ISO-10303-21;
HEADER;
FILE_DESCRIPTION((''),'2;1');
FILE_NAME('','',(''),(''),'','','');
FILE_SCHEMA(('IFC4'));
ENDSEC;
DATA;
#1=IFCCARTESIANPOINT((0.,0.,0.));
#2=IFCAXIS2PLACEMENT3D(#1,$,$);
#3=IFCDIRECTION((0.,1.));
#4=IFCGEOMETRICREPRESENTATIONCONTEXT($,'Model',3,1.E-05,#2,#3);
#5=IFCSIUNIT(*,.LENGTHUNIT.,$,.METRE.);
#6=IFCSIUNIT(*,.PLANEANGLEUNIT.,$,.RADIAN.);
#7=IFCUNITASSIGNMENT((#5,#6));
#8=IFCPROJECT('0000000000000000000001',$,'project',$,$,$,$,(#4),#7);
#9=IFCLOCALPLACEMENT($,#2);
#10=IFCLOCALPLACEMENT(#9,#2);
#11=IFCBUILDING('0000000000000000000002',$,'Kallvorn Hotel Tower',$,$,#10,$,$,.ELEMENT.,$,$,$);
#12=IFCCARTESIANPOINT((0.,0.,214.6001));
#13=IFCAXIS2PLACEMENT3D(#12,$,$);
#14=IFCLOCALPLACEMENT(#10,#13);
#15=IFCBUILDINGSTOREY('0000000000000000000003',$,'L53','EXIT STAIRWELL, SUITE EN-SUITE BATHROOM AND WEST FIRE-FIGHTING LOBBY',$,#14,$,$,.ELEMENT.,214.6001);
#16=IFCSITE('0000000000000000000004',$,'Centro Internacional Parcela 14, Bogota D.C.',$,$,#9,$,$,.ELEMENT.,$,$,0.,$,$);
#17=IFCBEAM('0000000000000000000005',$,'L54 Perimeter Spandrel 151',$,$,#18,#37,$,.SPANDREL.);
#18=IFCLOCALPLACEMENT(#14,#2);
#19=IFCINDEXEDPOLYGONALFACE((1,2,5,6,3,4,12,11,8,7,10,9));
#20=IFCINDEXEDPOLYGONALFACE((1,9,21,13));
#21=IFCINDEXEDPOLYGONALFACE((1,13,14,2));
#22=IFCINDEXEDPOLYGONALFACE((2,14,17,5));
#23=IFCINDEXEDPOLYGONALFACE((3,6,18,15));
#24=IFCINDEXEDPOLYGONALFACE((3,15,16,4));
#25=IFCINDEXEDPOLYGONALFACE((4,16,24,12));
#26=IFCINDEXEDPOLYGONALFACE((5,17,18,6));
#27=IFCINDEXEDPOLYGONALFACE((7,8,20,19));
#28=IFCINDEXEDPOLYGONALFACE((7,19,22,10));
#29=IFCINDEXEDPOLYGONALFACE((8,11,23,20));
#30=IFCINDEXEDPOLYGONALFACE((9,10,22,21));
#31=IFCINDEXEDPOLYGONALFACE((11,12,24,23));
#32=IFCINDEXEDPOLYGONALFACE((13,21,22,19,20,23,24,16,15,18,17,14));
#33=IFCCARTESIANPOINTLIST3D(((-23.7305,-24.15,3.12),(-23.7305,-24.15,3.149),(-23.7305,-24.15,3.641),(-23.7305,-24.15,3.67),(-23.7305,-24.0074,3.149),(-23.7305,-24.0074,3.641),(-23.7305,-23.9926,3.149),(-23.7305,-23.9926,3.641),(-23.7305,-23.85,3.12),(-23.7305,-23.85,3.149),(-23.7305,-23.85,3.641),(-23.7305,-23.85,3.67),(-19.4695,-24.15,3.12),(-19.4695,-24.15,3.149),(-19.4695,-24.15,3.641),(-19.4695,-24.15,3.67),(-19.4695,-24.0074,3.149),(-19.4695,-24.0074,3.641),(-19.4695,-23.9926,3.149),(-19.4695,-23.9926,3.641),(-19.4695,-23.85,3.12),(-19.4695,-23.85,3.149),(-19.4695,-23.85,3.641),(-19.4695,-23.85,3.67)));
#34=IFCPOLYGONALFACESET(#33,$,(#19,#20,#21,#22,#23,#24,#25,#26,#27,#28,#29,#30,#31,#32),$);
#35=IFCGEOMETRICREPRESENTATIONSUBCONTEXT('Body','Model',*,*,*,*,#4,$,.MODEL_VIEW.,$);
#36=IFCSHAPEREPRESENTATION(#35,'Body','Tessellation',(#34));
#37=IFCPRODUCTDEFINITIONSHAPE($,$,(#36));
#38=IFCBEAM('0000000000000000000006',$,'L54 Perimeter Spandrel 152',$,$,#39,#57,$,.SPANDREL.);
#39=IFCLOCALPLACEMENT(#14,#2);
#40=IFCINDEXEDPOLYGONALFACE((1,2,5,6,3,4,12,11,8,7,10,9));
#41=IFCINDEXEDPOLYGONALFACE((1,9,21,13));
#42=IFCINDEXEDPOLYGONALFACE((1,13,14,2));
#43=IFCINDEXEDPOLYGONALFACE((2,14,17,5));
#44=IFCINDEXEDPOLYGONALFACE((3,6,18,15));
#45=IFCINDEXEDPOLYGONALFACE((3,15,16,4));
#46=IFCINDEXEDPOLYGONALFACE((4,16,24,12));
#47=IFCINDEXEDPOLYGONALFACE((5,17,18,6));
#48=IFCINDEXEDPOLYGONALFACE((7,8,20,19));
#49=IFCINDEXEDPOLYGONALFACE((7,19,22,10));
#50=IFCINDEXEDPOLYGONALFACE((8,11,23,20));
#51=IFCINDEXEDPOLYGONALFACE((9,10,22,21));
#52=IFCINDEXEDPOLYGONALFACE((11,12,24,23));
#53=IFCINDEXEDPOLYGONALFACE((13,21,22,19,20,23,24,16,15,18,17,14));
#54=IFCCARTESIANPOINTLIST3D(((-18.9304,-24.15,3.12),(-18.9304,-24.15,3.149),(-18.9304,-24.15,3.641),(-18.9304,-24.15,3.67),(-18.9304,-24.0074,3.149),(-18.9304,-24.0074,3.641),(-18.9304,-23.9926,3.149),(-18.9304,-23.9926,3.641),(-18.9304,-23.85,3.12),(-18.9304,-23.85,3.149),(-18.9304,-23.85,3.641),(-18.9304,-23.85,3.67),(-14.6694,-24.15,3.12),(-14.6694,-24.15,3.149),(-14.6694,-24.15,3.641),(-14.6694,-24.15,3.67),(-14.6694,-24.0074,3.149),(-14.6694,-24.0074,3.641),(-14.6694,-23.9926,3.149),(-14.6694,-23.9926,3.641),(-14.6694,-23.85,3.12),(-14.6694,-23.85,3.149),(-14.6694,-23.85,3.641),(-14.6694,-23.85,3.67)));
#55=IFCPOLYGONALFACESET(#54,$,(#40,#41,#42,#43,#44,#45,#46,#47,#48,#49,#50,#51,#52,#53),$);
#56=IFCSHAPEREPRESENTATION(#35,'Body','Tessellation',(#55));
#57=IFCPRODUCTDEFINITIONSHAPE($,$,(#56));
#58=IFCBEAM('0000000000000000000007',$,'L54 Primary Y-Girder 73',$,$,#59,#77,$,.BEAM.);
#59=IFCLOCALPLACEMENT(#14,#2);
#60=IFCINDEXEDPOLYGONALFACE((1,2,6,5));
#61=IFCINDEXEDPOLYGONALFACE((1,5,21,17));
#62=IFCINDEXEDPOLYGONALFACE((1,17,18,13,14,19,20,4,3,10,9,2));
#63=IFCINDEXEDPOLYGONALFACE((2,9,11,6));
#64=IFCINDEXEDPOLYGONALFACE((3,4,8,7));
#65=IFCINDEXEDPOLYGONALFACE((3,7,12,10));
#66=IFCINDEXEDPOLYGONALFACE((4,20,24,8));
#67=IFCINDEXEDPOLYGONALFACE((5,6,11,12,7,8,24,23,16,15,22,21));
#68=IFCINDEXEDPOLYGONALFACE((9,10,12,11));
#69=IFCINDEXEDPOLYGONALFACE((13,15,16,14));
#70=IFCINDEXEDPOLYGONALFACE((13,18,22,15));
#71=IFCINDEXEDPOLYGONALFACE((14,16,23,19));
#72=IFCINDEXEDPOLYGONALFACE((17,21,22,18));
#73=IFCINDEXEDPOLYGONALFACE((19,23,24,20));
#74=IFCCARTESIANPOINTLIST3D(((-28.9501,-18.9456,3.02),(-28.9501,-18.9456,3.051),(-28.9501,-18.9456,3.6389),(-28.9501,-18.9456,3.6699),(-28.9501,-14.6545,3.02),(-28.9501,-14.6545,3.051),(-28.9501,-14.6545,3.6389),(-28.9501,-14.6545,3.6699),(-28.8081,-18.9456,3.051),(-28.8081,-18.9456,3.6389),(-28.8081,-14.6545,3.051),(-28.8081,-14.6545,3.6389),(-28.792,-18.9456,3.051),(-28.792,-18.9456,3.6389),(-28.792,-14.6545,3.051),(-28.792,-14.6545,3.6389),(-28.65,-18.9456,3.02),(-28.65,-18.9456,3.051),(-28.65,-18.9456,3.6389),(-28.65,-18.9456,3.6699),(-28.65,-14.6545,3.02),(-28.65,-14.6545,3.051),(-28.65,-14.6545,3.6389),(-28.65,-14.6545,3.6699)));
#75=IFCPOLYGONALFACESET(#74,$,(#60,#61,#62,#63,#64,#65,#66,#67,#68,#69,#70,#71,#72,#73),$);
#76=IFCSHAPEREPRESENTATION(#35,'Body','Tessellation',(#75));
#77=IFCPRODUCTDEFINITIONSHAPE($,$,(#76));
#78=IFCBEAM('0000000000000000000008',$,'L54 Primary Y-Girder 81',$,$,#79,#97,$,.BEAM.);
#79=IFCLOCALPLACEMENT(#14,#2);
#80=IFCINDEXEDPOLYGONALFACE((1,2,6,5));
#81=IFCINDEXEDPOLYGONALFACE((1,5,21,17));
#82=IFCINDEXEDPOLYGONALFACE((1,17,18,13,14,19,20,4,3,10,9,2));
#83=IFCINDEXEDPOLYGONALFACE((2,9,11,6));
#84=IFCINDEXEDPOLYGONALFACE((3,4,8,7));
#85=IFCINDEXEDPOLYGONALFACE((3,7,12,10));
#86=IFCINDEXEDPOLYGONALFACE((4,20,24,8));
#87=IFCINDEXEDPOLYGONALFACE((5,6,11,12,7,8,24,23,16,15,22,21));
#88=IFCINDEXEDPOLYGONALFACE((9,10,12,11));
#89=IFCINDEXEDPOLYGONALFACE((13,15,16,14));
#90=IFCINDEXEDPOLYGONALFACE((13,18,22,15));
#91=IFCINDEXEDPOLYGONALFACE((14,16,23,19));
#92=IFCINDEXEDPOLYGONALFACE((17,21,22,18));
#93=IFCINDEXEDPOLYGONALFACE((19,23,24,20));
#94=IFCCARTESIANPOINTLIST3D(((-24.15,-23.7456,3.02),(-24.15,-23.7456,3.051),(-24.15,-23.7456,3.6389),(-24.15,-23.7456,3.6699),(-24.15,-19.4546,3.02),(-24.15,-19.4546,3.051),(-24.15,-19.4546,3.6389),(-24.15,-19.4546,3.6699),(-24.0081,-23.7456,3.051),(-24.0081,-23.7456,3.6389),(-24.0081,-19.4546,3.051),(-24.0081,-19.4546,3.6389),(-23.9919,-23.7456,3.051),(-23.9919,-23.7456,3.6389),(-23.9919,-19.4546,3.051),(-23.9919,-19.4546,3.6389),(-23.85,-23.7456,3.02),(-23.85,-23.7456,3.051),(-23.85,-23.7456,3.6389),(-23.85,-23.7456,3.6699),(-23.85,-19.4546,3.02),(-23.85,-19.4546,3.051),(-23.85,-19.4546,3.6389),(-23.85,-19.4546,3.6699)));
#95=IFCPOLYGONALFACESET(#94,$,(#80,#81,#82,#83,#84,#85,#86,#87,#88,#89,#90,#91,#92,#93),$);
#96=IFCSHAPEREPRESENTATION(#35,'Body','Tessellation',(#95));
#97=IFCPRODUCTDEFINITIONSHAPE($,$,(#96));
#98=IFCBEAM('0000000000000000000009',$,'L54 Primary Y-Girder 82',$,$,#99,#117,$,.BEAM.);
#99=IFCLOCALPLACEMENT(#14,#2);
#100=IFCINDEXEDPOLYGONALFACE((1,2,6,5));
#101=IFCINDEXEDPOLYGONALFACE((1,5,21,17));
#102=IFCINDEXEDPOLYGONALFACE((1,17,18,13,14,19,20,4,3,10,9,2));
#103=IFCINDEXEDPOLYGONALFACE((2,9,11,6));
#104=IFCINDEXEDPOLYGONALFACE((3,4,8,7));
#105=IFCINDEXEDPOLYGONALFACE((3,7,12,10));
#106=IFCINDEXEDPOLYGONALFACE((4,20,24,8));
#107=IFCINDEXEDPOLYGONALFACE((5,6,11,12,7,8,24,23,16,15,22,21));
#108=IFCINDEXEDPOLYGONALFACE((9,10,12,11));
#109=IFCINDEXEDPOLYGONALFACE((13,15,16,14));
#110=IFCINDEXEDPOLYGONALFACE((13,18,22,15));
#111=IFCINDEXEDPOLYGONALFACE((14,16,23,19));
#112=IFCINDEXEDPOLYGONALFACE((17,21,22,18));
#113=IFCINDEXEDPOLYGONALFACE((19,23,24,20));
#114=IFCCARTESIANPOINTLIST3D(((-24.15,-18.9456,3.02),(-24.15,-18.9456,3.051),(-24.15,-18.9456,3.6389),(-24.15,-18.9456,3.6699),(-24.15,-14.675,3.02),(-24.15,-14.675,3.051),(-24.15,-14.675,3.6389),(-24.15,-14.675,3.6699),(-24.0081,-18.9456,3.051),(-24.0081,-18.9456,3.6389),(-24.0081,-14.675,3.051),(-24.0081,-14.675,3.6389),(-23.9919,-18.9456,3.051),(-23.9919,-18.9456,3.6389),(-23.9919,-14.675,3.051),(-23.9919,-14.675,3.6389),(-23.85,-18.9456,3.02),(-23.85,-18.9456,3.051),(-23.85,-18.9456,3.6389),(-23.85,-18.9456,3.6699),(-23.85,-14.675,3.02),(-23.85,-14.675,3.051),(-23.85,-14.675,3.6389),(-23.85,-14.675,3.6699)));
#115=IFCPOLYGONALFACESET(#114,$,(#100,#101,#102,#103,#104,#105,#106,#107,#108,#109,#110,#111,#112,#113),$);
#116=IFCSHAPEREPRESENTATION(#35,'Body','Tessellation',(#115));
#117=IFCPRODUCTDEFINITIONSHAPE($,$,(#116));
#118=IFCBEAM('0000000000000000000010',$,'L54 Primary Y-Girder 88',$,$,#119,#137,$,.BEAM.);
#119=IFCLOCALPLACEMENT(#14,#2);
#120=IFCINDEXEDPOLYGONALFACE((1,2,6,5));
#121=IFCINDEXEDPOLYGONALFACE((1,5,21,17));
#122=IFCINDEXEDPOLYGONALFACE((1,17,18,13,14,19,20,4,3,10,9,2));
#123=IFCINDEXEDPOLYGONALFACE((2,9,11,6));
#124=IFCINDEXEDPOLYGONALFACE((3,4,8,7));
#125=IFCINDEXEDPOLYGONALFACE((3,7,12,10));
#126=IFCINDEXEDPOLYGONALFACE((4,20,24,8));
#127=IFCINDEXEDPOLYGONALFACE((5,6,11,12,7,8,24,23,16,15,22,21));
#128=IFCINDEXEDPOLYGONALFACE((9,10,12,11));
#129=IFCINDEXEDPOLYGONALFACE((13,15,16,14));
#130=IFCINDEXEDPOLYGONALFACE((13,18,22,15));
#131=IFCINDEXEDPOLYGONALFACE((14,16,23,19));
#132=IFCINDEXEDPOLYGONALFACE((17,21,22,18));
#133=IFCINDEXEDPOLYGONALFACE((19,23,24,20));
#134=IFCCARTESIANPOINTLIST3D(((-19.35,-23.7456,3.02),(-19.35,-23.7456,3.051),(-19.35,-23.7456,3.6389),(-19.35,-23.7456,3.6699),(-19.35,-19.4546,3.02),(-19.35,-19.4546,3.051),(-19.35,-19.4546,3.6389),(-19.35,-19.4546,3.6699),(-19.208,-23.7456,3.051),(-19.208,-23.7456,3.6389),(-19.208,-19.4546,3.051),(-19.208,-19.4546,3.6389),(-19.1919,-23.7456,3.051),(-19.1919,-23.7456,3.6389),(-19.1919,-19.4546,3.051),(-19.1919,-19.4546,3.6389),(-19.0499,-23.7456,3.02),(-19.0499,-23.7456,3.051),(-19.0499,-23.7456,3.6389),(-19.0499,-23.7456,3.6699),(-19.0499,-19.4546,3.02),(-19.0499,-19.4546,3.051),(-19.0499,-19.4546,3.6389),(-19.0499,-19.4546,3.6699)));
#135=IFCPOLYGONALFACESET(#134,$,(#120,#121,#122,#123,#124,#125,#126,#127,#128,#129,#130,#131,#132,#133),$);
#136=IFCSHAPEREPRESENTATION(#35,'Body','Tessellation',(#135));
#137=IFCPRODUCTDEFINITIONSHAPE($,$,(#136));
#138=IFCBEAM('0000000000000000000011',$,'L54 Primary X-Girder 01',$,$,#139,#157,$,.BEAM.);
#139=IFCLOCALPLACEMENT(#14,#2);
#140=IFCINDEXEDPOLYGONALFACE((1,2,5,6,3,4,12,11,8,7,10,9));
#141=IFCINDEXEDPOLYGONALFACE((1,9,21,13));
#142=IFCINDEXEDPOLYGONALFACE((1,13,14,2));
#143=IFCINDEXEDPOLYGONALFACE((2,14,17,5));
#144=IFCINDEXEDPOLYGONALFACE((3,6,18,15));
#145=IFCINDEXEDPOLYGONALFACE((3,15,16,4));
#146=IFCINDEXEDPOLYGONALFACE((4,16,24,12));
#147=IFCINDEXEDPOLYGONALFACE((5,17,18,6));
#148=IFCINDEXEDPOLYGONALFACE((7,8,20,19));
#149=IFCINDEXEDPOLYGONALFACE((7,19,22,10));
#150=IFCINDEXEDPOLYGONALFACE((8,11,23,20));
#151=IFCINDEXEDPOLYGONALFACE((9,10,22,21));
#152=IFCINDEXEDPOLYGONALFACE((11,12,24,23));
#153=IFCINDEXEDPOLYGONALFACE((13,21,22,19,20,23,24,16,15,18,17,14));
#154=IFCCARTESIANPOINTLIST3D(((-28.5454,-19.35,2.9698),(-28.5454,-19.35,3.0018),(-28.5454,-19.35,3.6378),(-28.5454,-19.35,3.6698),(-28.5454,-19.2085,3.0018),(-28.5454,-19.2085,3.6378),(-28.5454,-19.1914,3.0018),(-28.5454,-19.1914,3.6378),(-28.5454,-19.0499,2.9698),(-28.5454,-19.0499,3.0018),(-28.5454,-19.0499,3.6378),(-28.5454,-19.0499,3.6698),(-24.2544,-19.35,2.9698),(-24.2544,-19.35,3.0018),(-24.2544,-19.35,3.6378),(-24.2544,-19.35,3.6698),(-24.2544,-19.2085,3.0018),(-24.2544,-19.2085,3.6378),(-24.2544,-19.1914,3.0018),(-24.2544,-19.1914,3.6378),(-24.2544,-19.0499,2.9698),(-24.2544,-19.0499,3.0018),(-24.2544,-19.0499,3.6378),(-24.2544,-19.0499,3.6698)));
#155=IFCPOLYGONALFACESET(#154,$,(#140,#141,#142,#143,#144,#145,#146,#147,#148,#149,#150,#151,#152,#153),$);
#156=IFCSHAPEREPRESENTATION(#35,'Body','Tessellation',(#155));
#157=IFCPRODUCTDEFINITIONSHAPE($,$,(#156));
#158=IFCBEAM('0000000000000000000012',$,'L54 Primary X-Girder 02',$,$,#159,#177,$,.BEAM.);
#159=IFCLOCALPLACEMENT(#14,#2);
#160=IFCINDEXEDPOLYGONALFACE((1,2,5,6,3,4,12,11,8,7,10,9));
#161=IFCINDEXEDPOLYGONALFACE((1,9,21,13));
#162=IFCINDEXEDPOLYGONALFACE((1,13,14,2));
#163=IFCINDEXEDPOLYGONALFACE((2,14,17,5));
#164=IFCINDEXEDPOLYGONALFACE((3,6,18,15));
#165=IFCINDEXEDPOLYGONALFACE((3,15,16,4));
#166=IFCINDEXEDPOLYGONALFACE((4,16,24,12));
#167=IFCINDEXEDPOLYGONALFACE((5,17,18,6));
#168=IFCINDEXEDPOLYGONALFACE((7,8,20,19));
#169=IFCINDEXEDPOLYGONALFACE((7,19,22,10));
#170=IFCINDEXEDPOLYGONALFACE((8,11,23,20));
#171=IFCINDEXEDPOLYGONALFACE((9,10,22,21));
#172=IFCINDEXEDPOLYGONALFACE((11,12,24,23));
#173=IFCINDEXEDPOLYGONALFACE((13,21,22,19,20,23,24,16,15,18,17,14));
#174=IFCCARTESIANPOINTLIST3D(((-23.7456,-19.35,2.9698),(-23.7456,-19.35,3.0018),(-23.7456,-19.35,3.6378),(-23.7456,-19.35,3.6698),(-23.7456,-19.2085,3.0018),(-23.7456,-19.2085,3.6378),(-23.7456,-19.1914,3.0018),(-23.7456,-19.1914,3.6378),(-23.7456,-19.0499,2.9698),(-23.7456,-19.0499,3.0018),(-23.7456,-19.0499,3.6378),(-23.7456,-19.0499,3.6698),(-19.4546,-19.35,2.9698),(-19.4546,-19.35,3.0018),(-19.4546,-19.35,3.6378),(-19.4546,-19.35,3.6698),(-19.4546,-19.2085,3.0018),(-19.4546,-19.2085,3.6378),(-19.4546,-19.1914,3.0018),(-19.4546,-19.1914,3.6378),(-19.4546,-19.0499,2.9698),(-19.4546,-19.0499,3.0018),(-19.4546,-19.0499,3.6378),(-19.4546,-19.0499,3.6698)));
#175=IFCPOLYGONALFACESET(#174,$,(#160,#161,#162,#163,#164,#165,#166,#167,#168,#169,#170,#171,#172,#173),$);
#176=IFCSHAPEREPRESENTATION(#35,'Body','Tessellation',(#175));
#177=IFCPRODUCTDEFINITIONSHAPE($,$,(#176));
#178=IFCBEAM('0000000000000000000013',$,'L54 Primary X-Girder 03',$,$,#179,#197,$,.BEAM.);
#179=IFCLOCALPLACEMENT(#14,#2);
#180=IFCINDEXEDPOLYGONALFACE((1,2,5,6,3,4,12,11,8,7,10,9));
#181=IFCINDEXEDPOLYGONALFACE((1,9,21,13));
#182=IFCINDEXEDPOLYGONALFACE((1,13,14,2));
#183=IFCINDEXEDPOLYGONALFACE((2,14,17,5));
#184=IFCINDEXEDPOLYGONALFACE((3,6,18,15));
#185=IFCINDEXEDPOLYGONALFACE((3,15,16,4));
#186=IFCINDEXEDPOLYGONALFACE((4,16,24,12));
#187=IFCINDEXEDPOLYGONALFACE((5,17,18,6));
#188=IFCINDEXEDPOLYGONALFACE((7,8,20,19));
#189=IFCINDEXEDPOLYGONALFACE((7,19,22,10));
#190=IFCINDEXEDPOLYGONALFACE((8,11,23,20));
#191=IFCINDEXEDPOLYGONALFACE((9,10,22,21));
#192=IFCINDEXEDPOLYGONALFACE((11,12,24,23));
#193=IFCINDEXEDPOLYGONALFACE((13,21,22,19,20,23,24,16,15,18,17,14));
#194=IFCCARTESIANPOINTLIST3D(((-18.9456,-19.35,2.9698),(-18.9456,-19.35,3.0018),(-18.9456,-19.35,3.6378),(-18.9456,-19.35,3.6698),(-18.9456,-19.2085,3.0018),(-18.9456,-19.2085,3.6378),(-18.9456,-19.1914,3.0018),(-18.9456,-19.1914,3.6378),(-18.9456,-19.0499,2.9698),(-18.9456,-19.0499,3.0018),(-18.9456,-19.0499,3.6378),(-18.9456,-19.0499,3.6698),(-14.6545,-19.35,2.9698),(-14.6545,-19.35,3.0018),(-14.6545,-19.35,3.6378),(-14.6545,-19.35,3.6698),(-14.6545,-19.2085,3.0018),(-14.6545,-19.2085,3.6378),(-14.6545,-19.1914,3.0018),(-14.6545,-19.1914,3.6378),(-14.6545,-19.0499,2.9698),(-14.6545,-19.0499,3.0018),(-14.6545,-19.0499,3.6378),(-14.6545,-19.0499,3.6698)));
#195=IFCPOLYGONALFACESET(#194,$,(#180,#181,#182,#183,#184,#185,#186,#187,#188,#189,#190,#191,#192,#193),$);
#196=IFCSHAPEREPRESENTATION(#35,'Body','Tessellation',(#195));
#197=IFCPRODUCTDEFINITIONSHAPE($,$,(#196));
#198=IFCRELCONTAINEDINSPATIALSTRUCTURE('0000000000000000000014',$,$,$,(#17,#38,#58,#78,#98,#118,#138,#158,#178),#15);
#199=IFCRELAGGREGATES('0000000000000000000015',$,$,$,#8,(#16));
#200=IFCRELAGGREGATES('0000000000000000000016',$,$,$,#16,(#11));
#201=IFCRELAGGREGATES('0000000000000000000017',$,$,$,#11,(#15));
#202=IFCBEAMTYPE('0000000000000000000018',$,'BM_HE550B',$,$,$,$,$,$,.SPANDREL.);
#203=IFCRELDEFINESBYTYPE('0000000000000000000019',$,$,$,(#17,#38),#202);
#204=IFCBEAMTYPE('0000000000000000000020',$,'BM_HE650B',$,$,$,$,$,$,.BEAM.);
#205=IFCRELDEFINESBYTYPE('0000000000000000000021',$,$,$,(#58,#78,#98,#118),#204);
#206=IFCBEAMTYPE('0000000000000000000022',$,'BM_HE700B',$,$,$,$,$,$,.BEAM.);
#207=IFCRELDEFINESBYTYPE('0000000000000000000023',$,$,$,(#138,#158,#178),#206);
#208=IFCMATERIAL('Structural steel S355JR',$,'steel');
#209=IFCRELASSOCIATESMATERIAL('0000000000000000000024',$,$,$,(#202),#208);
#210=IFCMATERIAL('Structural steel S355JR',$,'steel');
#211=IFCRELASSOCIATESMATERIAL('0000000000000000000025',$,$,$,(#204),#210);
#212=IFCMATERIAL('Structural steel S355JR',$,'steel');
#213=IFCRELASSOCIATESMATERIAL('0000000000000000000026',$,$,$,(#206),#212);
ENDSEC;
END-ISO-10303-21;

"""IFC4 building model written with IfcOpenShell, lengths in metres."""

from ifc_helpers import new_model, si_unit, direction, frame, origin, origin_2d, place, context, subcontext, project, spatial, i_section, extrude, material, material_profile, profile_set, type_object, element, save


model = new_model("IFC4")

# Units and contexts
model_context = context("Model", 3, precision=1e-05, world=origin(), true_north=direction((0.0, 1.0)))
body_context = subcontext(model_context, "Body", "Model", "MODEL_VIEW")
ifc_project = project(units=[si_unit("LENGTHUNIT", "METRE"), si_unit("PLANEANGLEUNIT", "RADIAN")], contexts=[model_context])

# Site, building, storey
site_placement = place(None, origin())
site = spatial("IfcSite", under=ifc_project, at=site_placement, Name="Centro Internacional Parcela 14, Bogota D.C.", CompositionType="ELEMENT", RefElevation=0.0)
building_placement = place(site_placement, origin())
building = spatial("IfcBuilding", under=site, at=building_placement, Name="Kallvorn Hotel Tower", CompositionType="ELEMENT")
storey_placement = place(building_placement, frame((0.0, 0.0, 214.6001)))
storey = spatial("IfcBuildingStorey", under=building, at=storey_placement, Name="L53", Description="EXIT STAIRWELL, SUITE EN-SUITE BATHROOM AND WEST FIRE-FIGHTING LOBBY", CompositionType="ELEMENT", Elevation=214.6001)

# Beams
ifc_material_1 = material(Name="Structural steel S355JR", Category="steel")
ifc_material_profile_1 = material_profile(ifc_material_1, i_section(OverallWidth=0.3, OverallDepth=0.55, WebThickness=0.0149, FlangeThickness=0.0291, at=origin_2d()), Name="HE 550 B")
ifc_profile_set_1 = profile_set([ifc_material_profile_1], Name="Structural steel S355JR")
beam_type_1 = type_object("IfcBeamType", Name="BM_HE550B", PredefinedType="SPANDREL", material=ifc_profile_set_1)
for number, where, z_axis, x_axis, name in (
    (1, (-23.7305, -24.0, 3.395), (1.0, 0.0, 0.0), (0.0, 1.0, 0.0), "L54 Perimeter Spandrel 151"),
    (2, (-18.9304, -24.0, 3.395), (1.0, 0.0, 0.0), (0.0, 1.0, 0.0), "L54 Perimeter Spandrel 152"),
):
    element("IfcBeam", number, at=place(storey_placement, frame(where, z_axis=z_axis, x_axis=x_axis)), inside=storey, type_object=beam_type_1, Name=name, PredefinedType="SPANDREL", context=body_context, shape_type="SweptSolid", body=[
        extrude(i_section(OverallWidth=0.3, OverallDepth=0.55, WebThickness=0.0149, FlangeThickness=0.0291, at=origin_2d()), origin(), (0.0, 0.0, 1.0), 4.261),
    ])
ifc_material_2 = material(Name="Structural steel S355JR", Category="steel")
ifc_material_profile_2 = material_profile(ifc_material_2, i_section(OverallWidth=0.3, OverallDepth=0.6499, WebThickness=0.0161, FlangeThickness=0.031, at=origin_2d()), Name="HE 650 B")
ifc_profile_set_2 = profile_set([ifc_material_profile_2], Name="Structural steel S355JR")
beam_type_2 = type_object("IfcBeamType", Name="BM_HE650B", PredefinedType="BEAM", material=ifc_profile_set_2)
for number, where, z_axis, x_axis, name in (
    (3, (-28.8, -18.9456, 3.345), (0.0, 1.0, 0.0), (-1.0, 0.0, 0.0), "L54 Primary Y-Girder 73"),
    (4, (-24.0, -23.7456, 3.345), (0.0, 1.0, 0.0), (-1.0, 0.0, 0.0), "L54 Primary Y-Girder 81"),
):
    element("IfcBeam", number, at=place(storey_placement, frame(where, z_axis=z_axis, x_axis=x_axis)), inside=storey, type_object=beam_type_2, Name=name, PredefinedType="BEAM", context=body_context, shape_type="SweptSolid", body=[
        extrude(i_section(OverallWidth=0.3, OverallDepth=0.6499, WebThickness=0.0161, FlangeThickness=0.031, at=origin_2d()), origin(), (0.0, 0.0, 1.0), 4.291),
    ])
beam_1_placement = place(storey_placement, frame((-24.0, -18.9456, 3.345), z_axis=(0.0, 1.0, 0.0), x_axis=(-1.0, 0.0, 0.0)))
element("IfcBeam", 5, at=beam_1_placement, inside=storey, type_object=beam_type_2, Name="L54 Primary Y-Girder 82", PredefinedType="BEAM", context=body_context, shape_type="SweptSolid", body=[
    extrude(i_section(OverallWidth=0.3, OverallDepth=0.6499, WebThickness=0.0161, FlangeThickness=0.031, at=origin_2d()), origin(), (0.0, 0.0, 1.0), 4.2705),
])
beam_2_placement = place(storey_placement, frame((-19.2, -23.7456, 3.345), z_axis=(0.0, 1.0, 0.0), x_axis=(-1.0, 0.0, 0.0)))
element("IfcBeam", 6, at=beam_2_placement, inside=storey, type_object=beam_type_2, Name="L54 Primary Y-Girder 88", PredefinedType="BEAM", context=body_context, shape_type="SweptSolid", body=[
    extrude(i_section(OverallWidth=0.3, OverallDepth=0.6499, WebThickness=0.0161, FlangeThickness=0.031, at=origin_2d()), origin(), (0.0, 0.0, 1.0), 4.291),
])
ifc_material_3 = material(Name="Structural steel S355JR", Category="steel")
ifc_material_profile_3 = material_profile(ifc_material_3, i_section(OverallWidth=0.3, OverallDepth=0.7, WebThickness=0.0171, FlangeThickness=0.032, at=origin_2d()), Name="HE 700 B")
ifc_profile_set_3 = profile_set([ifc_material_profile_3], Name="Structural steel S355JR")
beam_type_3 = type_object("IfcBeamType", Name="BM_HE700B", PredefinedType="BEAM", material=ifc_profile_set_3)
for number, where, z_axis, x_axis, name in (
    (7, (-28.5454, -19.2, 3.3198), (1.0, 0.0, 0.0), (0.0, 1.0, 0.0), "L54 Primary X-Girder 01"),
    (8, (-23.7456, -19.2, 3.3198), (1.0, 0.0, 0.0), (0.0, 1.0, 0.0), "L54 Primary X-Girder 02"),
    (9, (-18.9456, -19.2, 3.3198), (1.0, 0.0, 0.0), (0.0, 1.0, 0.0), "L54 Primary X-Girder 03"),
):
    element("IfcBeam", number, at=place(storey_placement, frame(where, z_axis=z_axis, x_axis=x_axis)), inside=storey, type_object=beam_type_3, Name=name, PredefinedType="BEAM", context=body_context, shape_type="SweptSolid", body=[
        extrude(i_section(OverallWidth=0.3, OverallDepth=0.7, WebThickness=0.0171, FlangeThickness=0.032, at=origin_2d()), origin(), (0.0, 0.0, 1.0), 4.291),
    ])

save(model, "model.ifc")
